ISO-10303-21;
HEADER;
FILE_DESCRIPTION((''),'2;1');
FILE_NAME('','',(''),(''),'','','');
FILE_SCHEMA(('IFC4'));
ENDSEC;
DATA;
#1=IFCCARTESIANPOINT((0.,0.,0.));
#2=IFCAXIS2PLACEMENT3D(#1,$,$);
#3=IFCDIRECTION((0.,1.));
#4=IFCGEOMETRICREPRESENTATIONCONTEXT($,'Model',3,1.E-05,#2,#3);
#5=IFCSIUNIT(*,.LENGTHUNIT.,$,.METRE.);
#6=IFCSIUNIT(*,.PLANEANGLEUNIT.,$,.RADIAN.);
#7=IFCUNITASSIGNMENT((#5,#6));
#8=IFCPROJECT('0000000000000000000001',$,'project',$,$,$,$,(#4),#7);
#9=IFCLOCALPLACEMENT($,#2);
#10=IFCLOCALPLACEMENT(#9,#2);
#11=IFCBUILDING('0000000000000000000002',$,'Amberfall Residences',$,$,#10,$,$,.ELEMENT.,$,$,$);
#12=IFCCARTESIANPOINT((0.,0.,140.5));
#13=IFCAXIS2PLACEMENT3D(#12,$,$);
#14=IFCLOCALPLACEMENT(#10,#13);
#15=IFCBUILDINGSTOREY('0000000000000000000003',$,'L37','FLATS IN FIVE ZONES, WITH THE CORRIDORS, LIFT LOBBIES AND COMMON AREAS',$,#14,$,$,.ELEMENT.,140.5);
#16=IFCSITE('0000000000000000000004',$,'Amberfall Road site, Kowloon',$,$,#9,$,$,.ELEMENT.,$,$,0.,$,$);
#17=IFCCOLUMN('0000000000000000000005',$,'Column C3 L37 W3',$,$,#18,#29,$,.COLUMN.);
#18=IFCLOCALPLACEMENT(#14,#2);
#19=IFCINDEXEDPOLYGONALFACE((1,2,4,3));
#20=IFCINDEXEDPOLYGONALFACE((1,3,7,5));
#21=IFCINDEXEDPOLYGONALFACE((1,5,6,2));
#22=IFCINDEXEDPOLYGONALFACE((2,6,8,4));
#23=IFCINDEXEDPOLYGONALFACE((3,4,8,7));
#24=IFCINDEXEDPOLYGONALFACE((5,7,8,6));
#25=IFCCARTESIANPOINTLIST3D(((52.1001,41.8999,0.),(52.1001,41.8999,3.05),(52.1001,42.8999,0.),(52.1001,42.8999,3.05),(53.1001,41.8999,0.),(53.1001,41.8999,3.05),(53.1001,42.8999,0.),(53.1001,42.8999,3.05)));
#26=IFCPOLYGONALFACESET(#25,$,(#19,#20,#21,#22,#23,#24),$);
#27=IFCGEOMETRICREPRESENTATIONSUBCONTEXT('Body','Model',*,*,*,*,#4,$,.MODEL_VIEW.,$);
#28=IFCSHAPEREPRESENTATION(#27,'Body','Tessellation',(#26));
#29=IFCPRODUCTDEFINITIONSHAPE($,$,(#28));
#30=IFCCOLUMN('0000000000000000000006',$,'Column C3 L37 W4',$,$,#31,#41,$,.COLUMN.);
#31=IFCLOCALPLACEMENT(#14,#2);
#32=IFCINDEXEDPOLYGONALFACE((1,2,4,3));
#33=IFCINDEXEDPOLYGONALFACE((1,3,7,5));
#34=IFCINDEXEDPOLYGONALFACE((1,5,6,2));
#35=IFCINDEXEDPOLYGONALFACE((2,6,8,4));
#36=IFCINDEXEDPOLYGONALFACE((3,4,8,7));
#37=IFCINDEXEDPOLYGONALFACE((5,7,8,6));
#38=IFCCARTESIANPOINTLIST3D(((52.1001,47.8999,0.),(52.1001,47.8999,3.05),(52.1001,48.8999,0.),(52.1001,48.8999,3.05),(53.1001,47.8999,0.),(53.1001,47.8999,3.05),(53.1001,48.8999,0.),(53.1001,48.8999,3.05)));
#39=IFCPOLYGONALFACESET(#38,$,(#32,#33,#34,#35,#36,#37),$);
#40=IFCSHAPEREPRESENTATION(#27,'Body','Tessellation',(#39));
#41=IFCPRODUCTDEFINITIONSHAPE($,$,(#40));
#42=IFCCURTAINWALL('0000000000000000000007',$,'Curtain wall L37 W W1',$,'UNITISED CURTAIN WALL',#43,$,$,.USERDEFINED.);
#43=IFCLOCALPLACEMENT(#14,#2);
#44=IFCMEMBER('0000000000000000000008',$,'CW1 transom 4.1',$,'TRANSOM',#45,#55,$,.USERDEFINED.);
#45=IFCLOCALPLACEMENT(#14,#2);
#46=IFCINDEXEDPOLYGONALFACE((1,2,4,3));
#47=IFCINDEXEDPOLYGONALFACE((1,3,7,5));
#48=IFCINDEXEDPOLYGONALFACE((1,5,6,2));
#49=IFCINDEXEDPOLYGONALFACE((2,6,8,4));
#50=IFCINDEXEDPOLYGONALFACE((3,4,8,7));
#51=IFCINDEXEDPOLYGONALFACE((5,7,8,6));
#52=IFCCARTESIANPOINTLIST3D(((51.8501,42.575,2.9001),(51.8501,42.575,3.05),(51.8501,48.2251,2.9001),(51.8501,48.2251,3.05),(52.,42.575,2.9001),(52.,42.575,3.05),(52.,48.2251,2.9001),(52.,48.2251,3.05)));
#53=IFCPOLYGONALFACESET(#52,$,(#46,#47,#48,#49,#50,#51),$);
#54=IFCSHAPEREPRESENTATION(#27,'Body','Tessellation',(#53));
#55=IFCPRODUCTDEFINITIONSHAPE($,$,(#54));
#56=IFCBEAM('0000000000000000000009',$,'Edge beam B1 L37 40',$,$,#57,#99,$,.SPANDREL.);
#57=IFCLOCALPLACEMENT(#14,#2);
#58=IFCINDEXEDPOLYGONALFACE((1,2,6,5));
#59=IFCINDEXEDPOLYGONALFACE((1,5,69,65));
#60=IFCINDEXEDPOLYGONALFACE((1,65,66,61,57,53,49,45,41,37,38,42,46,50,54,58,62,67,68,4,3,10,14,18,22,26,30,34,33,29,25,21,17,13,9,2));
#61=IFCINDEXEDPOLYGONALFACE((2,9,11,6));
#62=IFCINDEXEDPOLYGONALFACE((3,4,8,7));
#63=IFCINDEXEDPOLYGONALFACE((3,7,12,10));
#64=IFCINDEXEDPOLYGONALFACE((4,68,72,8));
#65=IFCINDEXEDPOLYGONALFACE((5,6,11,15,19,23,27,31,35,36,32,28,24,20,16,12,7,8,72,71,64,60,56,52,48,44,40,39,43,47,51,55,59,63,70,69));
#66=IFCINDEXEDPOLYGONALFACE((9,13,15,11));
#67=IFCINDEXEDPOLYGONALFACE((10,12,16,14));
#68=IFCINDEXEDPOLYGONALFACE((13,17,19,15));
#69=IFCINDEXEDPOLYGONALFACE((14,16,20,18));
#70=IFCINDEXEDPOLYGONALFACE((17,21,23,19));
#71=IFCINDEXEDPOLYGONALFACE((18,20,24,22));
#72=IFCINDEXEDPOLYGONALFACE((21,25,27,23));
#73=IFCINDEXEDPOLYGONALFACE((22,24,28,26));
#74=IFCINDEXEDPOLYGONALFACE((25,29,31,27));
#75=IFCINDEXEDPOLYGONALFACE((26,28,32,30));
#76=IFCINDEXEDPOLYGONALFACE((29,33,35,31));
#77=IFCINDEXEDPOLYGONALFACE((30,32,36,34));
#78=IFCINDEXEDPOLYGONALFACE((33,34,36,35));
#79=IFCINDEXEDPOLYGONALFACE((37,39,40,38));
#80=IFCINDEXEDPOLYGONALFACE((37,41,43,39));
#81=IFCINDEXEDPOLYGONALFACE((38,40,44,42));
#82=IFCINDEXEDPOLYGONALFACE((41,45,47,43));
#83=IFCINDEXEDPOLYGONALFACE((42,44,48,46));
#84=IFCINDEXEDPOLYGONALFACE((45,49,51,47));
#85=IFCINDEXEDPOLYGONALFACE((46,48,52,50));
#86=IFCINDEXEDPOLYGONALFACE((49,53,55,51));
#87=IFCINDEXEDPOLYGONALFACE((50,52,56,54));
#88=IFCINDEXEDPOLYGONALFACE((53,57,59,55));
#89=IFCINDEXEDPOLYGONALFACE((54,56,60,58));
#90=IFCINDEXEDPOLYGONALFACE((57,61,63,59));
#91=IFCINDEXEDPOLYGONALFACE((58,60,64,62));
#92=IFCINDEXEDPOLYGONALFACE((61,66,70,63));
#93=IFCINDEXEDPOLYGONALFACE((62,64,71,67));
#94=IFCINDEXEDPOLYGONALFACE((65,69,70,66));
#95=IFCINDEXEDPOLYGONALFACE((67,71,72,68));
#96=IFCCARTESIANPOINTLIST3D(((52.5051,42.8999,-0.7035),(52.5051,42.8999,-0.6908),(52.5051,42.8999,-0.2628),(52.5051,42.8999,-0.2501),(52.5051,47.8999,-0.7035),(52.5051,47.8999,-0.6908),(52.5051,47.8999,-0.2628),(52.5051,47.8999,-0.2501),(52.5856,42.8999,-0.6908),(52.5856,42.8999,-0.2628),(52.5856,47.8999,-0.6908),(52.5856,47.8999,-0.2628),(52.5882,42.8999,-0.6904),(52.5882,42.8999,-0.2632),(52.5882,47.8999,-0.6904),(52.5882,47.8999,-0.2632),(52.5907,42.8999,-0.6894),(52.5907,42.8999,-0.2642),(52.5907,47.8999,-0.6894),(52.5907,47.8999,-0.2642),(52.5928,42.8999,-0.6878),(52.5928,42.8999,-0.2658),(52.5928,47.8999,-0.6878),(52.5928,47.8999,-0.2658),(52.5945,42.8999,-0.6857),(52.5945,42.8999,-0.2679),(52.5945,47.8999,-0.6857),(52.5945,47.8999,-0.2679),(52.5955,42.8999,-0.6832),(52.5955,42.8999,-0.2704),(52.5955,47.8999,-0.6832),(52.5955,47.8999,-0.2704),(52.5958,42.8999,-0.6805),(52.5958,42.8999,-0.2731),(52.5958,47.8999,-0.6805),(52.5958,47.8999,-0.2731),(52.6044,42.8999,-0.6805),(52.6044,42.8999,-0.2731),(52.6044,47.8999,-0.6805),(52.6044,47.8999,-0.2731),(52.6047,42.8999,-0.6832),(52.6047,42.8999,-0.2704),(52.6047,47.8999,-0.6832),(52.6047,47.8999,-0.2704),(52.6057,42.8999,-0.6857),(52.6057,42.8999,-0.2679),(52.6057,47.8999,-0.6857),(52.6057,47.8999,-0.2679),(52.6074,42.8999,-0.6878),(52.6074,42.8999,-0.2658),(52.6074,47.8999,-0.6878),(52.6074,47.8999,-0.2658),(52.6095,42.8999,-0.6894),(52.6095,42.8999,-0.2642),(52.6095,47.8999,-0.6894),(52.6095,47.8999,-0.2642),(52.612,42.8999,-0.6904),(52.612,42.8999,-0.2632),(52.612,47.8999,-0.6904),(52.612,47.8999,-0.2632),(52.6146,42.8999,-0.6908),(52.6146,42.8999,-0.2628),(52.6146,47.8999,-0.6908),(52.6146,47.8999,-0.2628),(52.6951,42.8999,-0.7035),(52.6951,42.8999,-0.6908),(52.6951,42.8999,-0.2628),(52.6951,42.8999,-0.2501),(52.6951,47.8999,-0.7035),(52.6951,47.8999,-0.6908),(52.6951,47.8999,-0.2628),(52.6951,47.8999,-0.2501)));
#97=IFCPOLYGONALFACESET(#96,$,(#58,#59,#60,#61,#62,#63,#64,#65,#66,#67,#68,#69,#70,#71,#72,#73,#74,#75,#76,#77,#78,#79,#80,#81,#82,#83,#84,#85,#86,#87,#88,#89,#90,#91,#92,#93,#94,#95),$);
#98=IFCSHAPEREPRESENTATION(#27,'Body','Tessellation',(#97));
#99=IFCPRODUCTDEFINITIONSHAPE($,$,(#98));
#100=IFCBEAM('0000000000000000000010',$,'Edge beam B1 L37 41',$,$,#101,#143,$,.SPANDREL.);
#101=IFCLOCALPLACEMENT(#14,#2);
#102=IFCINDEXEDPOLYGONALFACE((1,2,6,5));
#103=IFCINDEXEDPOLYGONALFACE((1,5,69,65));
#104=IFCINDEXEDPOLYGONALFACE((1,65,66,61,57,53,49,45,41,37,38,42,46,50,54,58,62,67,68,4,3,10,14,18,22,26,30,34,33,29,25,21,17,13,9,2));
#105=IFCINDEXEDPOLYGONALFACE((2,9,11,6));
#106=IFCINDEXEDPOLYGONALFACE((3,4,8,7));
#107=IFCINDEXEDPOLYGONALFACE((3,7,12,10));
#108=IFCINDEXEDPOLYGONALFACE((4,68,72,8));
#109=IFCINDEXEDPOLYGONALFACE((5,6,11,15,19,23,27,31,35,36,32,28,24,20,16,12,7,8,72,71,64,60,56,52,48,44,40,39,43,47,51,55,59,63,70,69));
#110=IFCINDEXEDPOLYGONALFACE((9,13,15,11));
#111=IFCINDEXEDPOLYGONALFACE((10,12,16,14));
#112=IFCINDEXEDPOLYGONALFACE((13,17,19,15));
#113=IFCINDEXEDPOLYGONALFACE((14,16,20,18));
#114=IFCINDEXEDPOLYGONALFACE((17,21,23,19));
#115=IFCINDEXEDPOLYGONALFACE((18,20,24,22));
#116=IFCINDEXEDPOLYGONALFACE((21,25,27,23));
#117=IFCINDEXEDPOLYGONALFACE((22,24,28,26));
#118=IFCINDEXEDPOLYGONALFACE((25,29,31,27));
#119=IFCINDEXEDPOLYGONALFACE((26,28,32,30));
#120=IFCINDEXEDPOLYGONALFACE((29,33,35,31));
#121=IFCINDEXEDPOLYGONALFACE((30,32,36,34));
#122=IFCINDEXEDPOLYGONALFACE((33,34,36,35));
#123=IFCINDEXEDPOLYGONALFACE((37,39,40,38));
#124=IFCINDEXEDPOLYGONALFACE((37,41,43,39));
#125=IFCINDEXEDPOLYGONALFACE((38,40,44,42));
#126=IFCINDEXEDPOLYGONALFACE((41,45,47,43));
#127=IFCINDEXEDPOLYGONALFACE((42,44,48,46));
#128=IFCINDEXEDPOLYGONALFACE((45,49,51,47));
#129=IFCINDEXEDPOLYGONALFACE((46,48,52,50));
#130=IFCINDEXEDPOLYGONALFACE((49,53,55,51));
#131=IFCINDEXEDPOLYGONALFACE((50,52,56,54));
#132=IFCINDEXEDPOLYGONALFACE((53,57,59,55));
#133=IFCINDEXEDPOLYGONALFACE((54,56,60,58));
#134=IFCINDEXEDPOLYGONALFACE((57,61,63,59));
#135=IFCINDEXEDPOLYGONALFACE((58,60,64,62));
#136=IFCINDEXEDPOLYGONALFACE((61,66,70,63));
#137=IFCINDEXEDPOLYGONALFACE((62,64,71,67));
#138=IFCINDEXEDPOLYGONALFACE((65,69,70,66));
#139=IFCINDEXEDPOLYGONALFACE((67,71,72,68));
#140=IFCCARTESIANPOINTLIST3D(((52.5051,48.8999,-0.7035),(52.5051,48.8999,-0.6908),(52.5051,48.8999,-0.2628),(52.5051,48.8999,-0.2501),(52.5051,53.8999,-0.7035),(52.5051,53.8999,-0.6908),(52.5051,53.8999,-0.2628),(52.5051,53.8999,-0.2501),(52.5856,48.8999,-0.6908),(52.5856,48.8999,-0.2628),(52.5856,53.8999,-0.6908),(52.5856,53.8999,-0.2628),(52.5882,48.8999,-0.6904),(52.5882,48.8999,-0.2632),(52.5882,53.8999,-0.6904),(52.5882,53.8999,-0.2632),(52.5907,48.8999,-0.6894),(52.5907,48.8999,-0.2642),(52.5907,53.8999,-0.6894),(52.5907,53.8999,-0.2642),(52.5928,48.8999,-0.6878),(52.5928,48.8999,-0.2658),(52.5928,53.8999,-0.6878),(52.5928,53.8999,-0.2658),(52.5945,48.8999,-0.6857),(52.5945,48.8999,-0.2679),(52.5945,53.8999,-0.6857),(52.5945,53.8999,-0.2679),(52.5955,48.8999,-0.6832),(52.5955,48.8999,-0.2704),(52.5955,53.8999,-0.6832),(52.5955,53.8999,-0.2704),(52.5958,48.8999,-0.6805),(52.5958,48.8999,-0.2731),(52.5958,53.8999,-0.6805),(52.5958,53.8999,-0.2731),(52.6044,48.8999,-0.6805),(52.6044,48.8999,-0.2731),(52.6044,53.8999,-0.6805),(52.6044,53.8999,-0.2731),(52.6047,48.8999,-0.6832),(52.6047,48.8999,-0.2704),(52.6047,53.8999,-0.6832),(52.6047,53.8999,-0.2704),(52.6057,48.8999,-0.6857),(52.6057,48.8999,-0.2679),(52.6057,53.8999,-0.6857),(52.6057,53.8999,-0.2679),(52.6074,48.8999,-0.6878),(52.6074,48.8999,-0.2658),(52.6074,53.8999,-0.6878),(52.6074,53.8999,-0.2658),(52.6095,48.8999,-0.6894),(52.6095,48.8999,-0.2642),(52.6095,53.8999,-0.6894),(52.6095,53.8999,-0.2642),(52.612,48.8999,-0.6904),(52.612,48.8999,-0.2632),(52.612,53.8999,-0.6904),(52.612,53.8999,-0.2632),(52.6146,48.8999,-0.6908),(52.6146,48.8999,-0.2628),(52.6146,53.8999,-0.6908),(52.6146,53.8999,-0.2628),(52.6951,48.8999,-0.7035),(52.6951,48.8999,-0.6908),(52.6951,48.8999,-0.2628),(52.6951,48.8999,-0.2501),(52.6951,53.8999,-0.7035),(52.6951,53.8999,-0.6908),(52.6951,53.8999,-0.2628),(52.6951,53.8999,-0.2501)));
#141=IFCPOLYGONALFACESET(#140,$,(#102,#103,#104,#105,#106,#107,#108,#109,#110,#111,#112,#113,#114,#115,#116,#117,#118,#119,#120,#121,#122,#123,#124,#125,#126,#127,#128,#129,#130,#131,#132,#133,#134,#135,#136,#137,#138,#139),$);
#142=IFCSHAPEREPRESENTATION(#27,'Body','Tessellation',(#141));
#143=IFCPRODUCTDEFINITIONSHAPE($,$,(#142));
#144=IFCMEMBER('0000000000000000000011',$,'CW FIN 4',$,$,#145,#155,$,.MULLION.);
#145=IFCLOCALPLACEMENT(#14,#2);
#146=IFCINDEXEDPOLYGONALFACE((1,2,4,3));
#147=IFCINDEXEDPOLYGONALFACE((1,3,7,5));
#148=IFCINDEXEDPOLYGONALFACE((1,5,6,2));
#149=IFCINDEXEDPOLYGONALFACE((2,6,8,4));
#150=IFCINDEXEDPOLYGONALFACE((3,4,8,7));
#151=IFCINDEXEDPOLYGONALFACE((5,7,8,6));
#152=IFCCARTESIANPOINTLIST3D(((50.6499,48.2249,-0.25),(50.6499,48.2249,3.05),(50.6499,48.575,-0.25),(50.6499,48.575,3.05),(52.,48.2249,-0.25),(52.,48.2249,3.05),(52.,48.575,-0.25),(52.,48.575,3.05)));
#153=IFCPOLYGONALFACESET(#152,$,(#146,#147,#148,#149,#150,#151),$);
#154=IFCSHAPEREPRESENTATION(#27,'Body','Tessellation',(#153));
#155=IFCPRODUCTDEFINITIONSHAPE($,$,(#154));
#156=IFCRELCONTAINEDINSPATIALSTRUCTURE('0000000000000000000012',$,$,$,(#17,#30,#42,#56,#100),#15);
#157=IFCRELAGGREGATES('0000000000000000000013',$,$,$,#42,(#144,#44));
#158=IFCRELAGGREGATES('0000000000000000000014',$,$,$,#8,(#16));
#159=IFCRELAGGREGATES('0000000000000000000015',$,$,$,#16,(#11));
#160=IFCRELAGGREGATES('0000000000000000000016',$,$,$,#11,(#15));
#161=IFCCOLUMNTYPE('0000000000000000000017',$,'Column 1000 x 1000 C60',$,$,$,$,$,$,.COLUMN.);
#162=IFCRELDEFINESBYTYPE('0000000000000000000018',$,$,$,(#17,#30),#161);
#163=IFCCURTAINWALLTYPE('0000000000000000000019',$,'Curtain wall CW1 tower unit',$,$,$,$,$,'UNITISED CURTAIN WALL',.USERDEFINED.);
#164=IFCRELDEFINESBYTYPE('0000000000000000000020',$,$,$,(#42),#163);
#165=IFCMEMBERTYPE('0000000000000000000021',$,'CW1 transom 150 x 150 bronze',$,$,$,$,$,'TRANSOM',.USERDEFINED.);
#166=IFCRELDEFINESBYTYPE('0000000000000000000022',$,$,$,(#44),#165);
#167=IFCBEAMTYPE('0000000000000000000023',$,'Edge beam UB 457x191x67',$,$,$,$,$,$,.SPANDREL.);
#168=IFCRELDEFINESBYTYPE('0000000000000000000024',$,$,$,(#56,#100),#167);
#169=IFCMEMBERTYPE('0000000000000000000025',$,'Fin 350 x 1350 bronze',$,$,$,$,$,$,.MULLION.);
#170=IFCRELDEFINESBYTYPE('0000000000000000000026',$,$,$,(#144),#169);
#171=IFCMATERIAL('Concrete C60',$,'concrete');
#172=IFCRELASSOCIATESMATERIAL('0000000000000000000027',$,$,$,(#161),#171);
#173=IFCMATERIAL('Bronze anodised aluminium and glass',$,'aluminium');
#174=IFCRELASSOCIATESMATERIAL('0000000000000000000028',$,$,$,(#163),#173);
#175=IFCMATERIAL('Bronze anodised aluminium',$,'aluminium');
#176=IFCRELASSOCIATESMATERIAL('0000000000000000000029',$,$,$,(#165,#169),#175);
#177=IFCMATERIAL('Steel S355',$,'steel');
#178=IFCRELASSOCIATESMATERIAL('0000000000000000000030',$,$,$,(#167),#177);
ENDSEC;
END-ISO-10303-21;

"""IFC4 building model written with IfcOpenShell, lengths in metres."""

from ifc_helpers import new_model, si_unit, direction, frame, origin, origin_2d, place, context, subcontext, project, spatial, rectangle, i_section, extrude, material, material_profile, profile_set, type_object, element, aggregate, save


model = new_model("IFC4")

# Units and contexts
model_context = context("Model", 3, precision=1e-05, world=origin(), true_north=direction((0.0, 1.0)))
body_context = subcontext(model_context, "Body", "Model", "MODEL_VIEW")
ifc_project = project(units=[si_unit("LENGTHUNIT", "METRE"), si_unit("PLANEANGLEUNIT", "RADIAN")], contexts=[model_context])

# Site, building, storey
site_placement = place(None, origin())
site = spatial("IfcSite", under=ifc_project, at=site_placement, Name="Amberfall Road site, Kowloon", CompositionType="ELEMENT", RefElevation=0.0)
building_placement = place(site_placement, origin())
building = spatial("IfcBuilding", under=site, at=building_placement, Name="Amberfall Residences", CompositionType="ELEMENT")
storey_placement = place(building_placement, frame((0.0, 0.0, 140.5)))
storey = spatial("IfcBuildingStorey", under=building, at=storey_placement, Name="L37", Description="FLATS IN FIVE ZONES, WITH THE CORRIDORS, LIFT LOBBIES AND COMMON AREAS", CompositionType="ELEMENT", Elevation=140.5)

# Columns
ifc_material_1 = material(Name="Concrete C60", Category="concrete")
ifc_material_profile_1 = material_profile(ifc_material_1, rectangle(XDim=1.0, YDim=1.0, at=origin_2d()), Name="Column 1000 x 1000 C60")
ifc_profile_set_1 = profile_set([ifc_material_profile_1], Name="Concrete C60")
column_type = type_object("IfcColumnType", Name="Column 1000 x 1000 C60", PredefinedType="COLUMN", material=ifc_profile_set_1)
for number, where, z_axis, x_axis, name in (
    (1, (52.6001, 42.3999, 0.0), (0.0, 0.0, 1.0), (1.0, 0.0, 0.0), "Column C3 L37 W3"),
    (2, (52.6001, 48.3999, 0.0), (0.0, 0.0, 1.0), (1.0, 0.0, 0.0), "Column C3 L37 W4"),
):
    element("IfcColumn", number, at=place(storey_placement, frame(where, z_axis=z_axis, x_axis=x_axis)), inside=storey, type_object=column_type, Name=name, PredefinedType="COLUMN", context=body_context, shape_type="SweptSolid", body=[
        extrude(rectangle(XDim=1.0, YDim=1.0, at=origin_2d()), origin(), (0.0, 0.0, 1.0), 3.05),
    ])

# Curtain wall, member
ifc_material_2 = material(Name="Bronze anodised aluminium and glass", Category="aluminium")
curtain_wall_type = type_object("IfcCurtainWallType", Name="Curtain wall CW1 tower unit", ElementType="UNITISED CURTAIN WALL", PredefinedType="USERDEFINED", material=ifc_material_2)
curtain_wall_placement = place(storey_placement, origin())
curtain_wall = element("IfcCurtainWall", 3, at=curtain_wall_placement, inside=storey, type_object=curtain_wall_type, Name="Curtain wall L37 W W1", ObjectType="UNITISED CURTAIN WALL", PredefinedType="USERDEFINED")
ifc_material_3 = material(Name="Bronze anodised aluminium", Category="aluminium")
ifc_material_profile_2 = material_profile(ifc_material_3, rectangle(XDim=0.1499, YDim=0.1499, at=origin_2d()), Name="CW1 transom 150 x 150 bronze")
ifc_profile_set_2 = profile_set([ifc_material_profile_2], Name="Bronze anodised aluminium")
member_type_1 = type_object("IfcMemberType", Name="CW1 transom 150 x 150 bronze", ElementType="TRANSOM", PredefinedType="USERDEFINED", material=ifc_profile_set_2)
member_1_placement = place(storey_placement, frame((51.925, 48.2251, 2.9751), z_axis=(0.0, -1.0, 0.0), x_axis=(1.0, 0.0, 0.0)))
member_1 = element("IfcMember", 4, at=member_1_placement, type_object=member_type_1, Name="CW1 transom 4.1", ObjectType="TRANSOM", PredefinedType="USERDEFINED", context=body_context, shape_type="SweptSolid", body=[
    extrude(rectangle(XDim=0.1499, YDim=0.1499, at=origin_2d()), origin(), (0.0, 0.0, 1.0), 5.6501),
])

# Beams
ifc_material_4 = material(Name="Steel S355", Category="steel")
ifc_material_profile_3 = material_profile(ifc_material_4, i_section(OverallWidth=0.1899, OverallDepth=0.4534, WebThickness=0.0085, FlangeThickness=0.0127, FilletRadius=0.0103, at=origin_2d()), Name="UB 457x191x67")
ifc_profile_set_3 = profile_set([ifc_material_profile_3], Name="Steel S355")
beam_type_1 = type_object("IfcBeamType", Name="Edge beam UB 457x191x67", PredefinedType="SPANDREL", material=ifc_profile_set_3)
for number, where, z_axis, x_axis, name in (
    (5, (52.6001, 42.8999, -0.4768), (0.0, 1.0, 0.0), (-1.0, 0.0, 0.0), "Edge beam B1 L37 40"),
    (6, (52.6001, 48.8999, -0.4768), (0.0, 1.0, 0.0), (-1.0, 0.0, 0.0), "Edge beam B1 L37 41"),
):
    element("IfcBeam", number, at=place(storey_placement, frame(where, z_axis=z_axis, x_axis=x_axis)), inside=storey, type_object=beam_type_1, Name=name, PredefinedType="SPANDREL", context=body_context, shape_type="SweptSolid", body=[
        extrude(i_section(OverallWidth=0.1899, OverallDepth=0.4534, WebThickness=0.0085, FlangeThickness=0.0127, FilletRadius=0.0103, at=origin_2d()), origin(), (0.0, 0.0, 1.0), 5.0),
    ])

# Member
ifc_material_profile_4 = material_profile(ifc_material_3, rectangle(XDim=1.3501, YDim=0.3501, at=origin_2d()), Name="Fin 350 x 1350 bronze")
ifc_profile_set_4 = profile_set([ifc_material_profile_4], Name="Bronze anodised aluminium")
member_type_2 = type_object("IfcMemberType", Name="Fin 350 x 1350 bronze", PredefinedType="MULLION", material=ifc_profile_set_4)
member_2_placement = place(storey_placement, frame((51.325, 48.3999, -0.25), z_axis=(0.0, 0.0, 1.0), x_axis=(1.0, 0.0, 0.0)))
member_2 = element("IfcMember", 7, at=member_2_placement, type_object=member_type_2, Name="CW FIN 4", PredefinedType="MULLION", context=body_context, shape_type="SweptSolid", body=[
    extrude(rectangle(XDim=1.3501, YDim=0.3501, at=origin_2d()), origin(), (0.0, 0.0, 1.0), 3.3),
])

aggregate(curtain_wall, [member_2, member_1])

save(model, "model.ifc")
